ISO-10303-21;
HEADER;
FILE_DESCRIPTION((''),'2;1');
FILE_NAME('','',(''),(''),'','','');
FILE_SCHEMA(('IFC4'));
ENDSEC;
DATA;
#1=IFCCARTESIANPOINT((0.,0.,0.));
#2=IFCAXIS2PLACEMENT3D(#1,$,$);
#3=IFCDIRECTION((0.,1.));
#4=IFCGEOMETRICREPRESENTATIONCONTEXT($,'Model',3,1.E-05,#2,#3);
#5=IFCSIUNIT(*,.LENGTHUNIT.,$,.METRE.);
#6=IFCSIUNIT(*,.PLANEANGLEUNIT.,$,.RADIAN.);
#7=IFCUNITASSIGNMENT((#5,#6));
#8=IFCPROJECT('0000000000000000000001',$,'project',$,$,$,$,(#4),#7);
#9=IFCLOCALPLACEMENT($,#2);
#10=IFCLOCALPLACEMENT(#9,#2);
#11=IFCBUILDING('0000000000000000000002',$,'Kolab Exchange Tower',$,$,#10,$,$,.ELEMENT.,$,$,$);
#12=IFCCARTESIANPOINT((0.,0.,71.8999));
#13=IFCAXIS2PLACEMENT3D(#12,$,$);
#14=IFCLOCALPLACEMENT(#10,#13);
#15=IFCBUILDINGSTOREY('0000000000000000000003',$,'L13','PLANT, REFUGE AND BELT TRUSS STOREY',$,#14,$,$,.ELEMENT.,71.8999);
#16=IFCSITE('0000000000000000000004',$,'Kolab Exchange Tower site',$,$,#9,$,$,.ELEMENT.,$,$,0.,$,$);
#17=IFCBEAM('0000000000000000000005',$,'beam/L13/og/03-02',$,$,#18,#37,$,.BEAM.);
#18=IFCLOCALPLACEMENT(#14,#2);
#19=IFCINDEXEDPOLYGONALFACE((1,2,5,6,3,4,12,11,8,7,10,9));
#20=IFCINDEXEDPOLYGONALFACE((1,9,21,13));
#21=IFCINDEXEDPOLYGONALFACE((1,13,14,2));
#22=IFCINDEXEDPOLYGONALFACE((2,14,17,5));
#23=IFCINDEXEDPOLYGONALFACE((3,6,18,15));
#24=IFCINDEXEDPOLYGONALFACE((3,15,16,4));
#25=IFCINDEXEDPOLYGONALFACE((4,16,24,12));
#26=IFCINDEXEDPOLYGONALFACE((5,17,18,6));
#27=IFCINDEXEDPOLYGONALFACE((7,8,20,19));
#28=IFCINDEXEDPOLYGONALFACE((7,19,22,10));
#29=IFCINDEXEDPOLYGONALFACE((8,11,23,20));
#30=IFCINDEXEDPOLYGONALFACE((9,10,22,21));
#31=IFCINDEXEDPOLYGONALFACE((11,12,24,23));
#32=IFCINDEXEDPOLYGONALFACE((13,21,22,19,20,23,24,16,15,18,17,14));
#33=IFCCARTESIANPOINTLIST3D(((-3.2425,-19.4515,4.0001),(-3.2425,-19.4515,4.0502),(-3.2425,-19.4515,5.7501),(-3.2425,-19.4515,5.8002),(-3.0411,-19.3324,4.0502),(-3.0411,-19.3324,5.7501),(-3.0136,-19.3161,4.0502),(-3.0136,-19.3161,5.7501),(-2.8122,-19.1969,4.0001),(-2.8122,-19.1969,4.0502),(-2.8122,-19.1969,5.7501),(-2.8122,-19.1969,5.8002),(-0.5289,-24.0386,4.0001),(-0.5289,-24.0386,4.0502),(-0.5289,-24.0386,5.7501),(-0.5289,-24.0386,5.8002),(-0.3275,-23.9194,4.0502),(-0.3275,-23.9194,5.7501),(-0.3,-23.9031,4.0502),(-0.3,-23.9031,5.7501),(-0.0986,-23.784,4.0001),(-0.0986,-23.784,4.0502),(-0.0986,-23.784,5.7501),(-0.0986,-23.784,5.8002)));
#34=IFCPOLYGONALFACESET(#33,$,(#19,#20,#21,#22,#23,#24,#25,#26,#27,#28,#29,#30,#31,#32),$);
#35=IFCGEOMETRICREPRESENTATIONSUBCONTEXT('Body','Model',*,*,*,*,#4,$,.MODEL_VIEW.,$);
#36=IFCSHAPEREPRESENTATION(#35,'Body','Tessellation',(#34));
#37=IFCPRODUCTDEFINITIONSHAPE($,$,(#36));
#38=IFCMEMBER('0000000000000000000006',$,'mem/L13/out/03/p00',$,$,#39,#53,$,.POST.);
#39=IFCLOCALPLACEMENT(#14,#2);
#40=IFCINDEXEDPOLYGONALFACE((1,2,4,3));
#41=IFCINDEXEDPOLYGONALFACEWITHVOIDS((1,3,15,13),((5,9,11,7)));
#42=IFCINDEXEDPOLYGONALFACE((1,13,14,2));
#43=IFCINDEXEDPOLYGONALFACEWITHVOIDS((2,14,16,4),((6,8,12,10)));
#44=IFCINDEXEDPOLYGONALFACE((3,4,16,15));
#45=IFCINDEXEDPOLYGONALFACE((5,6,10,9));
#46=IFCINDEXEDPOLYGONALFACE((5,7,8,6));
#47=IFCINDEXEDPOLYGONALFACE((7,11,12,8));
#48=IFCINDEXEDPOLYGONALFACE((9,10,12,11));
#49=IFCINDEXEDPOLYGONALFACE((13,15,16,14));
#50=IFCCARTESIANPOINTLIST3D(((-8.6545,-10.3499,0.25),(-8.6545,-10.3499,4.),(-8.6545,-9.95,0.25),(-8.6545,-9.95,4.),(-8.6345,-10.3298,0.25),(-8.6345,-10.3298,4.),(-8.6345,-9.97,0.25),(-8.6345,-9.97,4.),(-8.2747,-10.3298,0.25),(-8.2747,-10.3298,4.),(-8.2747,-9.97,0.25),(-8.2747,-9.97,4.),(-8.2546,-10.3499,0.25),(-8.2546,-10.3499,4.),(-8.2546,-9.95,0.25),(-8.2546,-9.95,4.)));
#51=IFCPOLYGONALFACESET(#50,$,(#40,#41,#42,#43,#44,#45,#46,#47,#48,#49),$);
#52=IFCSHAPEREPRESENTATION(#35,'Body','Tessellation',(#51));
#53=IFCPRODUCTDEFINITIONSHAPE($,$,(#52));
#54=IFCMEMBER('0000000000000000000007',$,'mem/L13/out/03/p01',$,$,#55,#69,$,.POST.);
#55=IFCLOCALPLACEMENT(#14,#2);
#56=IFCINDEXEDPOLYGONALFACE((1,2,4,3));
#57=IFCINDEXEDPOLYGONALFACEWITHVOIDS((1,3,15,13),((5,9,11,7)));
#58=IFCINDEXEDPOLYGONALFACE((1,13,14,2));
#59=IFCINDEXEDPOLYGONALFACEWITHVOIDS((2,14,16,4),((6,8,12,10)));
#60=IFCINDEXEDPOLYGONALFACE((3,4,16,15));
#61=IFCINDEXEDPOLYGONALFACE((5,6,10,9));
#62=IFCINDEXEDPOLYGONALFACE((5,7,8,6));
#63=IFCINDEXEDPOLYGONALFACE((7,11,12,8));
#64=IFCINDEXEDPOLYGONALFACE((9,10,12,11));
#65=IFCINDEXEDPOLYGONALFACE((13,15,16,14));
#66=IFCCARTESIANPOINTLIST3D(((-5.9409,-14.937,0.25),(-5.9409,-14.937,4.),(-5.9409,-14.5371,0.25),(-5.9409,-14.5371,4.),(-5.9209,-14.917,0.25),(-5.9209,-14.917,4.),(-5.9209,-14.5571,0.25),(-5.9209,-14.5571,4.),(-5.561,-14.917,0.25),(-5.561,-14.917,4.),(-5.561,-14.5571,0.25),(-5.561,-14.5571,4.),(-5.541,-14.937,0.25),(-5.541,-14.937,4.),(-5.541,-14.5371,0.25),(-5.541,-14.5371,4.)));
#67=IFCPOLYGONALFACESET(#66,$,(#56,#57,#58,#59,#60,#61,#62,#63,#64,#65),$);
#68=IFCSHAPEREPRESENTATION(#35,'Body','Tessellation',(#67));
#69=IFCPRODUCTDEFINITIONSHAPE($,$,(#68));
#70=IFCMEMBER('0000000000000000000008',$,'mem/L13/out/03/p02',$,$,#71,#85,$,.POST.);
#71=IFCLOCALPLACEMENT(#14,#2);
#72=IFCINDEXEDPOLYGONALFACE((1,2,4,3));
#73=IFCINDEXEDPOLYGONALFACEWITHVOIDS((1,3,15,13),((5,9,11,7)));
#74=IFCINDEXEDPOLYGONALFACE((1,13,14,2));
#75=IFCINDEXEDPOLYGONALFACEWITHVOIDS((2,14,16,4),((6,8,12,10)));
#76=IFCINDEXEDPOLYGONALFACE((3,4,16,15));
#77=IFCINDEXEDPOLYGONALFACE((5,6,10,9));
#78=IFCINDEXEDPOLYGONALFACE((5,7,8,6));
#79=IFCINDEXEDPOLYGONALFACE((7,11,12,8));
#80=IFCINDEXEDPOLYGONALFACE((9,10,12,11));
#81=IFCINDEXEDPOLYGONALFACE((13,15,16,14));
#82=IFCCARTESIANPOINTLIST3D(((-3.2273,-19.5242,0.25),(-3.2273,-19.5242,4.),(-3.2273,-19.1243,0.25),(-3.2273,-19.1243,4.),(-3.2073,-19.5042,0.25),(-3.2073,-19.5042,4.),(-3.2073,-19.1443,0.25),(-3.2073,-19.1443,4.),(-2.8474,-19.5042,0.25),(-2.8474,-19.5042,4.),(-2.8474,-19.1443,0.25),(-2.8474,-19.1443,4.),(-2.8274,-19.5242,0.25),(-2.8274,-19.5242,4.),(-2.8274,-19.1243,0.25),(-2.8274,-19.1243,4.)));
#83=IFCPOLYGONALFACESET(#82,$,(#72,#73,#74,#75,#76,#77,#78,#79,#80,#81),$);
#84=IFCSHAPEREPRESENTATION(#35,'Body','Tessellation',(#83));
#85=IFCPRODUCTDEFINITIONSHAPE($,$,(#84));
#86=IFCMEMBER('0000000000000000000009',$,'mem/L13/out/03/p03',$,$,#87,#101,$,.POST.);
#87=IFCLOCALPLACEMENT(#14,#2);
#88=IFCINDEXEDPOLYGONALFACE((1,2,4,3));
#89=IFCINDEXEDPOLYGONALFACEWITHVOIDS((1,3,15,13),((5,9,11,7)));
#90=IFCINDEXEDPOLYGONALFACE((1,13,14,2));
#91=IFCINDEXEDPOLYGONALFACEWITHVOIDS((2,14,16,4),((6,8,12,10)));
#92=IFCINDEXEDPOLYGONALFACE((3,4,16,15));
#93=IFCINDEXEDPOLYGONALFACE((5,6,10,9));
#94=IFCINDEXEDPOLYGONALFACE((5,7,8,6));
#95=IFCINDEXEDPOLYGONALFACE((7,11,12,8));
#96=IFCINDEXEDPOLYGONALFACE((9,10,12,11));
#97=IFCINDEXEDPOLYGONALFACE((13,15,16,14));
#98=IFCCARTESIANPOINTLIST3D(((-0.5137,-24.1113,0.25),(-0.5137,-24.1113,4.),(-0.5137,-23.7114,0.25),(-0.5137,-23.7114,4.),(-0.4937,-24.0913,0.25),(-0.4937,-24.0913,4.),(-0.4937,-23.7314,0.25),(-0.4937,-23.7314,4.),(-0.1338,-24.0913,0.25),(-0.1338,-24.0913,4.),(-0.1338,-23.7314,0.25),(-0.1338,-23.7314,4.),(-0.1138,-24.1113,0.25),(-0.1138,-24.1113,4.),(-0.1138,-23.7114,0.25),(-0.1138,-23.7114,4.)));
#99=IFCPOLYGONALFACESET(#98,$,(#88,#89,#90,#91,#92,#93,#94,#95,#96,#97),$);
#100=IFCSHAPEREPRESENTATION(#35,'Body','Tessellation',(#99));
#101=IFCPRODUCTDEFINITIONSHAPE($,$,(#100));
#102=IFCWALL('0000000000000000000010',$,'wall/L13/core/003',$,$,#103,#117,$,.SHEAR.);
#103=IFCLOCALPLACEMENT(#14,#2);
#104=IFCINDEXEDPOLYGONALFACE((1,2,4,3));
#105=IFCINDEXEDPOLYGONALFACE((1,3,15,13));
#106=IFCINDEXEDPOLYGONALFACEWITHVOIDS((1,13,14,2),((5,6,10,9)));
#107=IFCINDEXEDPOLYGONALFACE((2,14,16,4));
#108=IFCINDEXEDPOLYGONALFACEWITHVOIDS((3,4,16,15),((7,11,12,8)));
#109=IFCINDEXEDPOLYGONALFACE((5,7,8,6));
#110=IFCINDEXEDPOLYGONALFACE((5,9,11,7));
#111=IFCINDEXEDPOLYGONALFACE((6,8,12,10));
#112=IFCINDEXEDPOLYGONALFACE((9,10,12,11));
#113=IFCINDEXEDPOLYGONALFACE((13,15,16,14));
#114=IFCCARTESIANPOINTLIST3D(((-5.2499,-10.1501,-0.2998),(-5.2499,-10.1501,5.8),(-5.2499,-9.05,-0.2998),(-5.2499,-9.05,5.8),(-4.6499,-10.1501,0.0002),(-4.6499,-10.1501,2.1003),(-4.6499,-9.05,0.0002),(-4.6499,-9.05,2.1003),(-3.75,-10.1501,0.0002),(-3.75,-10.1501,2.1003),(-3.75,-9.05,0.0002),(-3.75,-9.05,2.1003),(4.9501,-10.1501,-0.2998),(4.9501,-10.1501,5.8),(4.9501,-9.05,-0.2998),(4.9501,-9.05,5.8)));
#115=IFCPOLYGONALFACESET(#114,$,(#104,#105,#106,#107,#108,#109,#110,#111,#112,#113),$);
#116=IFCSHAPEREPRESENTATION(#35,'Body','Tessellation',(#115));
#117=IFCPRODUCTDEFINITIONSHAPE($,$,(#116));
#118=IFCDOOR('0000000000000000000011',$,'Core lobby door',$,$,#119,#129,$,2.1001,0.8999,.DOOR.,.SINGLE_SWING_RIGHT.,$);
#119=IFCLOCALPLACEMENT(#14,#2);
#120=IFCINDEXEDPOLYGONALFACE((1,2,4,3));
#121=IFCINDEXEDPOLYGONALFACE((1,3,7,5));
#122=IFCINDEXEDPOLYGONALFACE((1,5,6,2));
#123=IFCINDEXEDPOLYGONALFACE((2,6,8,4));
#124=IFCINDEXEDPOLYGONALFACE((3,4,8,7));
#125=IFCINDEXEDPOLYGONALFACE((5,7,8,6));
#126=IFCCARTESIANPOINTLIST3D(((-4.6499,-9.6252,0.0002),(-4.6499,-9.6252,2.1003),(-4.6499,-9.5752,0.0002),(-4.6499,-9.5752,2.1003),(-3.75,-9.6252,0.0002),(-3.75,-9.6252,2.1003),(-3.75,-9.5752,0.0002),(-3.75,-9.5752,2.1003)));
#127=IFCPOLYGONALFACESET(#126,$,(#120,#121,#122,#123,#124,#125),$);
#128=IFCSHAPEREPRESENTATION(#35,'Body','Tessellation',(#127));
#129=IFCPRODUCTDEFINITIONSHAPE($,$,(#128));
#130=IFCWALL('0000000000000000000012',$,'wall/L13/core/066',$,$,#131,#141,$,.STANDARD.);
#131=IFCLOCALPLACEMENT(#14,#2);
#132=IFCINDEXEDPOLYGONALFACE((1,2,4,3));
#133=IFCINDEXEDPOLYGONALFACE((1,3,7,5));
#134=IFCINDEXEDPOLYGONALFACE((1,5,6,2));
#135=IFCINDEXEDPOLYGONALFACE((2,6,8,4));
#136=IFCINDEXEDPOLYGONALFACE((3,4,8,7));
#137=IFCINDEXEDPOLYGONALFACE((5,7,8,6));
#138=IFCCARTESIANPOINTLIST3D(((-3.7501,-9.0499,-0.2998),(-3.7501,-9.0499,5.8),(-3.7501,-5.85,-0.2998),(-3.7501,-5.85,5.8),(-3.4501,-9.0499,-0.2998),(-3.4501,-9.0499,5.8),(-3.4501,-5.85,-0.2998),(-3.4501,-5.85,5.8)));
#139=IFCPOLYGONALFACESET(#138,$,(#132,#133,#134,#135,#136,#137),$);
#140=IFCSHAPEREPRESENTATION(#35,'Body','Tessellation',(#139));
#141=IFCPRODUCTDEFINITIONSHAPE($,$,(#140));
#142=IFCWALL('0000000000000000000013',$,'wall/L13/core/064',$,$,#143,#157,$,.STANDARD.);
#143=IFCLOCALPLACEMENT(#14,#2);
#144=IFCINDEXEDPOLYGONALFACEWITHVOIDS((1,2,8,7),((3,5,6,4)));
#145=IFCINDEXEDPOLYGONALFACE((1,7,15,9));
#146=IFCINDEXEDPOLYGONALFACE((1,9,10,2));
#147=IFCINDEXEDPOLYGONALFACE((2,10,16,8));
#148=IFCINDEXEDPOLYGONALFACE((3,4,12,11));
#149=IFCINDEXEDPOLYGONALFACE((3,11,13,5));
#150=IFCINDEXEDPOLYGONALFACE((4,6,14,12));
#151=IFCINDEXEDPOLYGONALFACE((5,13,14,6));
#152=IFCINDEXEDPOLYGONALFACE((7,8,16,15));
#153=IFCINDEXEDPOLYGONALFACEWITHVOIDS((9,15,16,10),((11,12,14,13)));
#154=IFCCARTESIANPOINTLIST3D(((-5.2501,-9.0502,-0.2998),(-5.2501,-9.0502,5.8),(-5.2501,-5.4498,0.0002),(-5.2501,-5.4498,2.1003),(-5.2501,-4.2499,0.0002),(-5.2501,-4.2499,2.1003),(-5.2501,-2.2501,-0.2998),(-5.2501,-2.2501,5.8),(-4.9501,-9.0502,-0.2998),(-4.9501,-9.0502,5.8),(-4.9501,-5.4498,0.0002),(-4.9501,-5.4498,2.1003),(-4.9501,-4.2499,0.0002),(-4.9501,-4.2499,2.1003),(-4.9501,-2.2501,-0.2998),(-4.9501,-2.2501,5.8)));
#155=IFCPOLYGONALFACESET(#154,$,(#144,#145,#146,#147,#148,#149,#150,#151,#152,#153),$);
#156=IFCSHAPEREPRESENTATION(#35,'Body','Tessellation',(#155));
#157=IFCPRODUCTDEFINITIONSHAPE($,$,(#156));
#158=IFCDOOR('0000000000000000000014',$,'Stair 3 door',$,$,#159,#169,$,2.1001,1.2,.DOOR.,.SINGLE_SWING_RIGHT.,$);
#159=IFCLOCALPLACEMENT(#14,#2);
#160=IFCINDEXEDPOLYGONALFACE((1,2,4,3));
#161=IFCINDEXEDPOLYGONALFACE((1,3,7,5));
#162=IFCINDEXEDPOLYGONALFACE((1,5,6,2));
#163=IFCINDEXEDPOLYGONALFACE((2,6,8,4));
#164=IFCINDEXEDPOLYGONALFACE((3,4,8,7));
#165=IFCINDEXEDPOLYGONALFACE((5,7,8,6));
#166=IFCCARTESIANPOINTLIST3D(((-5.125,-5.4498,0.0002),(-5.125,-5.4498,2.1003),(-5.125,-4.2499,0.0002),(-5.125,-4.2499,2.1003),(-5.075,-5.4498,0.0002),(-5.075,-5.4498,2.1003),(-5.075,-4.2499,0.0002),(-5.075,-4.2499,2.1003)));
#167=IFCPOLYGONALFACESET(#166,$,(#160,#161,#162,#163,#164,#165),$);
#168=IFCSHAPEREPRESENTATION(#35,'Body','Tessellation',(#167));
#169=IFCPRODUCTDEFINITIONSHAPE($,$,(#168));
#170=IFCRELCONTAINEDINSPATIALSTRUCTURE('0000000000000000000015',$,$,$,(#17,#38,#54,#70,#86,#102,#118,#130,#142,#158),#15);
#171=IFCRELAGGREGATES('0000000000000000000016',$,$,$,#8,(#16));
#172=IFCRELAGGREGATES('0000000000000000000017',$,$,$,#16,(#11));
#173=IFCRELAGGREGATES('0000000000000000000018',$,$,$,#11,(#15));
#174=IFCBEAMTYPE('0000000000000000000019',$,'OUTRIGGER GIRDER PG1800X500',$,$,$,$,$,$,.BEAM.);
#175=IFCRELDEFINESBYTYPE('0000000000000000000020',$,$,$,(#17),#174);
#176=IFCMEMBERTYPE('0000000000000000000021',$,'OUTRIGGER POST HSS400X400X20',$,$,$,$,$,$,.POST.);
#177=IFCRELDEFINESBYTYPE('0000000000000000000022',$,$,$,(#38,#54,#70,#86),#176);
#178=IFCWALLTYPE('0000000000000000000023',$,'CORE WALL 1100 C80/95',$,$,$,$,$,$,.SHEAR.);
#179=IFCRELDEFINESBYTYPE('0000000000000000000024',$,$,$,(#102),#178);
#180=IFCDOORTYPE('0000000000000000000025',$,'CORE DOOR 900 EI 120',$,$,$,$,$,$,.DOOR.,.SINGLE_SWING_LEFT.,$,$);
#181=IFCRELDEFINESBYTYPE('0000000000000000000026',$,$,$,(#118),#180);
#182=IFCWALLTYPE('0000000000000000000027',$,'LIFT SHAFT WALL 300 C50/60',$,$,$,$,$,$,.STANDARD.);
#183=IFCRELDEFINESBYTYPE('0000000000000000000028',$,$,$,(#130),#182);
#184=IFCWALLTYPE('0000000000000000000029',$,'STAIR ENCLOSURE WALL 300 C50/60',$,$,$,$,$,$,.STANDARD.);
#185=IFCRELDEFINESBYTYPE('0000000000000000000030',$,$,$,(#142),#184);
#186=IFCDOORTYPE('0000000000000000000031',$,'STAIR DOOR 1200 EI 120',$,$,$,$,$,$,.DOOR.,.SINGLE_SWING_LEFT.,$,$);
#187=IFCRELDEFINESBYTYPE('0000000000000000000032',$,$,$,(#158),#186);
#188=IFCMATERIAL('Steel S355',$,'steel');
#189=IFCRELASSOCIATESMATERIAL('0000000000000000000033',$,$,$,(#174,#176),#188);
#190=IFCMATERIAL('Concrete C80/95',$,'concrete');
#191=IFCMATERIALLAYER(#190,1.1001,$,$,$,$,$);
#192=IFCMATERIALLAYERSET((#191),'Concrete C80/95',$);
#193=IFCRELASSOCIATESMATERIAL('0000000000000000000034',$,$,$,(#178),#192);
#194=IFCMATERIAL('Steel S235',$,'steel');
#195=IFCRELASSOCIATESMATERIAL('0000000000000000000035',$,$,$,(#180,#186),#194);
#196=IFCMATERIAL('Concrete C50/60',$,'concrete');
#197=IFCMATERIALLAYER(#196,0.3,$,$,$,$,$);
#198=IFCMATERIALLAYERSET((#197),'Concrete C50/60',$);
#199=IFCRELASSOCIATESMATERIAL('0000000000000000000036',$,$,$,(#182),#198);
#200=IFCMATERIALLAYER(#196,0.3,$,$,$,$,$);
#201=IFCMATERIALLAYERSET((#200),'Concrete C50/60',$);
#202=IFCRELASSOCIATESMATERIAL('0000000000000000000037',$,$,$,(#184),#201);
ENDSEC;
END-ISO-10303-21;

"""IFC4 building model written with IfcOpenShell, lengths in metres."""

from ifc_helpers import new_model, si_unit, direction, frame, frame_2d, origin, origin_2d, place, context, subcontext, project, spatial, rectangle, hollow_rectangle, i_section, extrude, material, layer, layer_set, material_profile, profile_set, type_object, element, fill, save


model = new_model("IFC4")

# Units and contexts
model_context = context("Model", 3, precision=1e-05, world=origin(), true_north=direction((0.0, 1.0)))
body_context = subcontext(model_context, "Body", "Model", "MODEL_VIEW")
ifc_project = project(units=[si_unit("LENGTHUNIT", "METRE"), si_unit("PLANEANGLEUNIT", "RADIAN")], contexts=[model_context])

# Site, building, storey
site_placement = place(None, origin())
site = spatial("IfcSite", under=ifc_project, at=site_placement, Name="Kolab Exchange Tower site", CompositionType="ELEMENT", RefElevation=0.0)
building_placement = place(site_placement, origin())
building = spatial("IfcBuilding", under=site, at=building_placement, Name="Kolab Exchange Tower", CompositionType="ELEMENT")
storey_placement = place(building_placement, frame((0.0, 0.0, 71.8999)))
storey = spatial("IfcBuildingStorey", under=building, at=storey_placement, Name="L13", Description="PLANT, REFUGE AND BELT TRUSS STOREY", CompositionType="ELEMENT", Elevation=71.8999)

# Shared definitions
ifc_material_1 = material(Name="Concrete C80/95", Category="concrete")

# Shared definitions
ifc_material_2 = material(Name="Steel S355", Category="steel")

# Beam
ifc_material_profile_1 = material_profile(ifc_material_2, i_section(OverallWidth=0.5, OverallDepth=1.8, WebThickness=0.032, FlangeThickness=0.05, at=origin_2d()), Name="PG1800X500")
ifc_profile_set_1 = profile_set([ifc_material_profile_1], Name="Steel S355")
beam_type_1 = type_object("IfcBeamType", Name="OUTRIGGER GIRDER PG1800X500", PredefinedType="BEAM", material=ifc_profile_set_1)
for number, where, z_axis, x_axis, name in (
    (1, (-3.0273, -19.3242, 4.9001), (0.509151, -0.860677, 0.0), (0.860677, 0.509151, 0.0), "beam/L13/og/03-02"),
):
    element("IfcBeam", number, at=place(storey_placement, frame(where, z_axis=z_axis, x_axis=x_axis)), inside=storey, type_object=beam_type_1, Name=name, PredefinedType="BEAM", context=body_context, shape_type="SweptSolid", body=[
        extrude(i_section(OverallWidth=0.5, OverallDepth=1.8, WebThickness=0.032, FlangeThickness=0.05, at=origin_2d()), origin(), (0.0, 0.0, 1.0), 5.3296),
    ])

# Members
ifc_material_profile_2 = material_profile(ifc_material_2, hollow_rectangle(XDim=0.3999, YDim=0.3999, WallThickness=0.02, at=origin_2d()), Name="HSS400X400X20")
ifc_profile_set_2 = profile_set([ifc_material_profile_2], Name="Steel S355")
member_type_1 = type_object("IfcMemberType", Name="OUTRIGGER POST HSS400X400X20", PredefinedType="POST", material=ifc_profile_set_2)
for number, where, z_axis, x_axis, name in (
    (2, (-8.4546, -10.1499, 0.25), (0.0, 0.0, 1.0), (1.0, 0.0, 0.0), "mem/L13/out/03/p00"),
    (3, (-5.741, -14.7371, 0.25), (0.0, 0.0, 1.0), (1.0, 0.0, 0.0), "mem/L13/out/03/p01"),
    (4, (-3.0273, -19.3242, 0.25), (0.0, 0.0, 1.0), (1.0, 0.0, 0.0), "mem/L13/out/03/p02"),
    (5, (-0.3137, -23.9114, 0.25), (0.0, 0.0, 1.0), (1.0, 0.0, 0.0), "mem/L13/out/03/p03"),
):
    element("IfcMember", number, at=place(storey_placement, frame(where, z_axis=z_axis, x_axis=x_axis)), inside=storey, type_object=member_type_1, Name=name, PredefinedType="POST", context=body_context, shape_type="SweptSolid", body=[
        extrude(hollow_rectangle(XDim=0.3999, YDim=0.3999, WallThickness=0.02, at=origin_2d()), origin(), (0.0, 0.0, 1.0), 3.75),
    ])

# Wall, opening, door
ifc_layer_1 = layer(ifc_material_1, 1.1001)
ifc_layer_set_1 = layer_set([ifc_layer_1], Name="Concrete C80/95")
wall_type_1 = type_object("IfcWallType", Name="CORE WALL 1100 C80/95", PredefinedType="SHEAR", material=ifc_layer_set_1)
wall_1_placement = place(storey_placement, frame((-5.25, -9.6001, -0.2998), z_axis=(0.0, 0.0, 1.0), x_axis=(1.0, 0.0, 0.0)))
wall_1 = element("IfcWall", 6, at=wall_1_placement, inside=storey, type_object=wall_type_1, Name="wall/L13/core/003", PredefinedType="SHEAR", context=body_context, shape_type="SweptSolid", body=[
    extrude(rectangle(XDim=10.2, YDim=1.1001, at=frame_2d((5.1001, 0.0))), origin(), (0.0, 0.0, 1.0), 6.0999),
])
opening_1_placement = place(wall_1_placement, frame((0.6001, 0.0, 0.3)))
opening_1 = element("IfcOpeningElement", 7, at=opening_1_placement, cuts=wall_1, PredefinedType="OPENING", context=body_context, shape_type="SweptSolid", body=[
    extrude(rectangle(XDim=0.8999, YDim=2.1001, at=frame_2d((0.45, 1.05))), frame((0.0, 0.5601, 0.0), z_axis=(0.0, -1.0, 0.0), x_axis=(1.0, 0.0, 0.0)), (0.0, 0.0, 1.0), 1.1201),
])
ifc_material_3 = material(Name="Steel S235", Category="steel")
door_type_1 = type_object("IfcDoorType", Name="CORE DOOR 900 EI 120", OperationType="SINGLE_SWING_LEFT", PredefinedType="DOOR", material=ifc_material_3)
door_1_placement = place(opening_1_placement, origin())
door_1 = element("IfcDoor", 8, at=door_1_placement, inside=storey, type_object=door_type_1, Name="Core lobby door", OperationType="SINGLE_SWING_RIGHT", OverallHeight=2.1001, OverallWidth=0.8999, PredefinedType="DOOR", context=body_context, shape_type="SweptSolid", body=[
    extrude(rectangle(XDim=0.8999, YDim=2.1001, at=frame_2d((0.45, 1.05))), frame((0.0, 0.0249, 0.0), z_axis=(0.0, -1.0, 0.0), x_axis=(1.0, 0.0, 0.0)), (0.0, 0.0, 1.0), 0.05),
])
fill(opening_1, door_1)

# Wall
ifc_material_4 = material(Name="Concrete C50/60", Category="concrete")
ifc_layer_2 = layer(ifc_material_4, 0.3)
ifc_layer_set_2 = layer_set([ifc_layer_2], Name="Concrete C50/60")
wall_type_2 = type_object("IfcWallType", Name="LIFT SHAFT WALL 300 C50/60", PredefinedType="STANDARD", material=ifc_layer_set_2)
wall_2_placement = place(storey_placement, frame((-3.6001, -9.05, -0.2998), z_axis=(0.0, 0.0, 1.0), x_axis=(0.0, 1.0, 0.0)))
element("IfcWall", 9, at=wall_2_placement, inside=storey, type_object=wall_type_2, Name="wall/L13/core/066", PredefinedType="STANDARD", context=body_context, shape_type="SweptSolid", body=[
    extrude(rectangle(XDim=3.2, YDim=0.3, at=frame_2d((1.6001, 0.0))), origin(), (0.0, 0.0, 1.0), 6.0999),
])

# Wall, opening, door
ifc_layer_3 = layer(ifc_material_4, 0.3)
ifc_layer_set_3 = layer_set([ifc_layer_3], Name="Concrete C50/60")
wall_type_3 = type_object("IfcWallType", Name="STAIR ENCLOSURE WALL 300 C50/60", PredefinedType="STANDARD", material=ifc_layer_set_3)
wall_3_placement = place(storey_placement, frame((-5.1001, -9.05, -0.2998), z_axis=(0.0, 0.0, 1.0), x_axis=(0.0, 1.0, 0.0)))
wall_3 = element("IfcWall", 10, at=wall_3_placement, inside=storey, type_object=wall_type_3, Name="wall/L13/core/064", PredefinedType="STANDARD", context=body_context, shape_type="SweptSolid", body=[
    extrude(rectangle(XDim=6.8, YDim=0.3, at=frame_2d((3.3999, 0.0))), origin(), (0.0, 0.0, 1.0), 6.0999),
])
opening_2_placement = place(wall_3_placement, frame((3.6001, 0.0, 0.3)))
opening_2 = element("IfcOpeningElement", 11, at=opening_2_placement, cuts=wall_3, PredefinedType="OPENING", context=body_context, shape_type="SweptSolid", body=[
    extrude(rectangle(XDim=1.2, YDim=2.1001, at=frame_2d((0.6001, 1.05))), frame((0.0, 0.1602, 0.0), z_axis=(0.0, -1.0, 0.0), x_axis=(1.0, 0.0, 0.0)), (0.0, 0.0, 1.0), 0.3201),
])
door_type_2 = type_object("IfcDoorType", Name="STAIR DOOR 1200 EI 120", OperationType="SINGLE_SWING_LEFT", PredefinedType="DOOR", material=ifc_material_3)
door_2_placement = place(opening_2_placement, origin())
door_2 = element("IfcDoor", 12, at=door_2_placement, inside=storey, type_object=door_type_2, Name="Stair 3 door", OperationType="SINGLE_SWING_RIGHT", OverallHeight=2.1001, OverallWidth=1.2, PredefinedType="DOOR", context=body_context, shape_type="SweptSolid", body=[
    extrude(rectangle(XDim=1.2, YDim=2.1001, at=frame_2d((0.6001, 1.05))), frame((0.0, 0.0249, 0.0), z_axis=(0.0, -1.0, 0.0), x_axis=(1.0, 0.0, 0.0)), (0.0, 0.0, 1.0), 0.05),
])
fill(opening_2, door_2)

save(model, "model.ifc")
